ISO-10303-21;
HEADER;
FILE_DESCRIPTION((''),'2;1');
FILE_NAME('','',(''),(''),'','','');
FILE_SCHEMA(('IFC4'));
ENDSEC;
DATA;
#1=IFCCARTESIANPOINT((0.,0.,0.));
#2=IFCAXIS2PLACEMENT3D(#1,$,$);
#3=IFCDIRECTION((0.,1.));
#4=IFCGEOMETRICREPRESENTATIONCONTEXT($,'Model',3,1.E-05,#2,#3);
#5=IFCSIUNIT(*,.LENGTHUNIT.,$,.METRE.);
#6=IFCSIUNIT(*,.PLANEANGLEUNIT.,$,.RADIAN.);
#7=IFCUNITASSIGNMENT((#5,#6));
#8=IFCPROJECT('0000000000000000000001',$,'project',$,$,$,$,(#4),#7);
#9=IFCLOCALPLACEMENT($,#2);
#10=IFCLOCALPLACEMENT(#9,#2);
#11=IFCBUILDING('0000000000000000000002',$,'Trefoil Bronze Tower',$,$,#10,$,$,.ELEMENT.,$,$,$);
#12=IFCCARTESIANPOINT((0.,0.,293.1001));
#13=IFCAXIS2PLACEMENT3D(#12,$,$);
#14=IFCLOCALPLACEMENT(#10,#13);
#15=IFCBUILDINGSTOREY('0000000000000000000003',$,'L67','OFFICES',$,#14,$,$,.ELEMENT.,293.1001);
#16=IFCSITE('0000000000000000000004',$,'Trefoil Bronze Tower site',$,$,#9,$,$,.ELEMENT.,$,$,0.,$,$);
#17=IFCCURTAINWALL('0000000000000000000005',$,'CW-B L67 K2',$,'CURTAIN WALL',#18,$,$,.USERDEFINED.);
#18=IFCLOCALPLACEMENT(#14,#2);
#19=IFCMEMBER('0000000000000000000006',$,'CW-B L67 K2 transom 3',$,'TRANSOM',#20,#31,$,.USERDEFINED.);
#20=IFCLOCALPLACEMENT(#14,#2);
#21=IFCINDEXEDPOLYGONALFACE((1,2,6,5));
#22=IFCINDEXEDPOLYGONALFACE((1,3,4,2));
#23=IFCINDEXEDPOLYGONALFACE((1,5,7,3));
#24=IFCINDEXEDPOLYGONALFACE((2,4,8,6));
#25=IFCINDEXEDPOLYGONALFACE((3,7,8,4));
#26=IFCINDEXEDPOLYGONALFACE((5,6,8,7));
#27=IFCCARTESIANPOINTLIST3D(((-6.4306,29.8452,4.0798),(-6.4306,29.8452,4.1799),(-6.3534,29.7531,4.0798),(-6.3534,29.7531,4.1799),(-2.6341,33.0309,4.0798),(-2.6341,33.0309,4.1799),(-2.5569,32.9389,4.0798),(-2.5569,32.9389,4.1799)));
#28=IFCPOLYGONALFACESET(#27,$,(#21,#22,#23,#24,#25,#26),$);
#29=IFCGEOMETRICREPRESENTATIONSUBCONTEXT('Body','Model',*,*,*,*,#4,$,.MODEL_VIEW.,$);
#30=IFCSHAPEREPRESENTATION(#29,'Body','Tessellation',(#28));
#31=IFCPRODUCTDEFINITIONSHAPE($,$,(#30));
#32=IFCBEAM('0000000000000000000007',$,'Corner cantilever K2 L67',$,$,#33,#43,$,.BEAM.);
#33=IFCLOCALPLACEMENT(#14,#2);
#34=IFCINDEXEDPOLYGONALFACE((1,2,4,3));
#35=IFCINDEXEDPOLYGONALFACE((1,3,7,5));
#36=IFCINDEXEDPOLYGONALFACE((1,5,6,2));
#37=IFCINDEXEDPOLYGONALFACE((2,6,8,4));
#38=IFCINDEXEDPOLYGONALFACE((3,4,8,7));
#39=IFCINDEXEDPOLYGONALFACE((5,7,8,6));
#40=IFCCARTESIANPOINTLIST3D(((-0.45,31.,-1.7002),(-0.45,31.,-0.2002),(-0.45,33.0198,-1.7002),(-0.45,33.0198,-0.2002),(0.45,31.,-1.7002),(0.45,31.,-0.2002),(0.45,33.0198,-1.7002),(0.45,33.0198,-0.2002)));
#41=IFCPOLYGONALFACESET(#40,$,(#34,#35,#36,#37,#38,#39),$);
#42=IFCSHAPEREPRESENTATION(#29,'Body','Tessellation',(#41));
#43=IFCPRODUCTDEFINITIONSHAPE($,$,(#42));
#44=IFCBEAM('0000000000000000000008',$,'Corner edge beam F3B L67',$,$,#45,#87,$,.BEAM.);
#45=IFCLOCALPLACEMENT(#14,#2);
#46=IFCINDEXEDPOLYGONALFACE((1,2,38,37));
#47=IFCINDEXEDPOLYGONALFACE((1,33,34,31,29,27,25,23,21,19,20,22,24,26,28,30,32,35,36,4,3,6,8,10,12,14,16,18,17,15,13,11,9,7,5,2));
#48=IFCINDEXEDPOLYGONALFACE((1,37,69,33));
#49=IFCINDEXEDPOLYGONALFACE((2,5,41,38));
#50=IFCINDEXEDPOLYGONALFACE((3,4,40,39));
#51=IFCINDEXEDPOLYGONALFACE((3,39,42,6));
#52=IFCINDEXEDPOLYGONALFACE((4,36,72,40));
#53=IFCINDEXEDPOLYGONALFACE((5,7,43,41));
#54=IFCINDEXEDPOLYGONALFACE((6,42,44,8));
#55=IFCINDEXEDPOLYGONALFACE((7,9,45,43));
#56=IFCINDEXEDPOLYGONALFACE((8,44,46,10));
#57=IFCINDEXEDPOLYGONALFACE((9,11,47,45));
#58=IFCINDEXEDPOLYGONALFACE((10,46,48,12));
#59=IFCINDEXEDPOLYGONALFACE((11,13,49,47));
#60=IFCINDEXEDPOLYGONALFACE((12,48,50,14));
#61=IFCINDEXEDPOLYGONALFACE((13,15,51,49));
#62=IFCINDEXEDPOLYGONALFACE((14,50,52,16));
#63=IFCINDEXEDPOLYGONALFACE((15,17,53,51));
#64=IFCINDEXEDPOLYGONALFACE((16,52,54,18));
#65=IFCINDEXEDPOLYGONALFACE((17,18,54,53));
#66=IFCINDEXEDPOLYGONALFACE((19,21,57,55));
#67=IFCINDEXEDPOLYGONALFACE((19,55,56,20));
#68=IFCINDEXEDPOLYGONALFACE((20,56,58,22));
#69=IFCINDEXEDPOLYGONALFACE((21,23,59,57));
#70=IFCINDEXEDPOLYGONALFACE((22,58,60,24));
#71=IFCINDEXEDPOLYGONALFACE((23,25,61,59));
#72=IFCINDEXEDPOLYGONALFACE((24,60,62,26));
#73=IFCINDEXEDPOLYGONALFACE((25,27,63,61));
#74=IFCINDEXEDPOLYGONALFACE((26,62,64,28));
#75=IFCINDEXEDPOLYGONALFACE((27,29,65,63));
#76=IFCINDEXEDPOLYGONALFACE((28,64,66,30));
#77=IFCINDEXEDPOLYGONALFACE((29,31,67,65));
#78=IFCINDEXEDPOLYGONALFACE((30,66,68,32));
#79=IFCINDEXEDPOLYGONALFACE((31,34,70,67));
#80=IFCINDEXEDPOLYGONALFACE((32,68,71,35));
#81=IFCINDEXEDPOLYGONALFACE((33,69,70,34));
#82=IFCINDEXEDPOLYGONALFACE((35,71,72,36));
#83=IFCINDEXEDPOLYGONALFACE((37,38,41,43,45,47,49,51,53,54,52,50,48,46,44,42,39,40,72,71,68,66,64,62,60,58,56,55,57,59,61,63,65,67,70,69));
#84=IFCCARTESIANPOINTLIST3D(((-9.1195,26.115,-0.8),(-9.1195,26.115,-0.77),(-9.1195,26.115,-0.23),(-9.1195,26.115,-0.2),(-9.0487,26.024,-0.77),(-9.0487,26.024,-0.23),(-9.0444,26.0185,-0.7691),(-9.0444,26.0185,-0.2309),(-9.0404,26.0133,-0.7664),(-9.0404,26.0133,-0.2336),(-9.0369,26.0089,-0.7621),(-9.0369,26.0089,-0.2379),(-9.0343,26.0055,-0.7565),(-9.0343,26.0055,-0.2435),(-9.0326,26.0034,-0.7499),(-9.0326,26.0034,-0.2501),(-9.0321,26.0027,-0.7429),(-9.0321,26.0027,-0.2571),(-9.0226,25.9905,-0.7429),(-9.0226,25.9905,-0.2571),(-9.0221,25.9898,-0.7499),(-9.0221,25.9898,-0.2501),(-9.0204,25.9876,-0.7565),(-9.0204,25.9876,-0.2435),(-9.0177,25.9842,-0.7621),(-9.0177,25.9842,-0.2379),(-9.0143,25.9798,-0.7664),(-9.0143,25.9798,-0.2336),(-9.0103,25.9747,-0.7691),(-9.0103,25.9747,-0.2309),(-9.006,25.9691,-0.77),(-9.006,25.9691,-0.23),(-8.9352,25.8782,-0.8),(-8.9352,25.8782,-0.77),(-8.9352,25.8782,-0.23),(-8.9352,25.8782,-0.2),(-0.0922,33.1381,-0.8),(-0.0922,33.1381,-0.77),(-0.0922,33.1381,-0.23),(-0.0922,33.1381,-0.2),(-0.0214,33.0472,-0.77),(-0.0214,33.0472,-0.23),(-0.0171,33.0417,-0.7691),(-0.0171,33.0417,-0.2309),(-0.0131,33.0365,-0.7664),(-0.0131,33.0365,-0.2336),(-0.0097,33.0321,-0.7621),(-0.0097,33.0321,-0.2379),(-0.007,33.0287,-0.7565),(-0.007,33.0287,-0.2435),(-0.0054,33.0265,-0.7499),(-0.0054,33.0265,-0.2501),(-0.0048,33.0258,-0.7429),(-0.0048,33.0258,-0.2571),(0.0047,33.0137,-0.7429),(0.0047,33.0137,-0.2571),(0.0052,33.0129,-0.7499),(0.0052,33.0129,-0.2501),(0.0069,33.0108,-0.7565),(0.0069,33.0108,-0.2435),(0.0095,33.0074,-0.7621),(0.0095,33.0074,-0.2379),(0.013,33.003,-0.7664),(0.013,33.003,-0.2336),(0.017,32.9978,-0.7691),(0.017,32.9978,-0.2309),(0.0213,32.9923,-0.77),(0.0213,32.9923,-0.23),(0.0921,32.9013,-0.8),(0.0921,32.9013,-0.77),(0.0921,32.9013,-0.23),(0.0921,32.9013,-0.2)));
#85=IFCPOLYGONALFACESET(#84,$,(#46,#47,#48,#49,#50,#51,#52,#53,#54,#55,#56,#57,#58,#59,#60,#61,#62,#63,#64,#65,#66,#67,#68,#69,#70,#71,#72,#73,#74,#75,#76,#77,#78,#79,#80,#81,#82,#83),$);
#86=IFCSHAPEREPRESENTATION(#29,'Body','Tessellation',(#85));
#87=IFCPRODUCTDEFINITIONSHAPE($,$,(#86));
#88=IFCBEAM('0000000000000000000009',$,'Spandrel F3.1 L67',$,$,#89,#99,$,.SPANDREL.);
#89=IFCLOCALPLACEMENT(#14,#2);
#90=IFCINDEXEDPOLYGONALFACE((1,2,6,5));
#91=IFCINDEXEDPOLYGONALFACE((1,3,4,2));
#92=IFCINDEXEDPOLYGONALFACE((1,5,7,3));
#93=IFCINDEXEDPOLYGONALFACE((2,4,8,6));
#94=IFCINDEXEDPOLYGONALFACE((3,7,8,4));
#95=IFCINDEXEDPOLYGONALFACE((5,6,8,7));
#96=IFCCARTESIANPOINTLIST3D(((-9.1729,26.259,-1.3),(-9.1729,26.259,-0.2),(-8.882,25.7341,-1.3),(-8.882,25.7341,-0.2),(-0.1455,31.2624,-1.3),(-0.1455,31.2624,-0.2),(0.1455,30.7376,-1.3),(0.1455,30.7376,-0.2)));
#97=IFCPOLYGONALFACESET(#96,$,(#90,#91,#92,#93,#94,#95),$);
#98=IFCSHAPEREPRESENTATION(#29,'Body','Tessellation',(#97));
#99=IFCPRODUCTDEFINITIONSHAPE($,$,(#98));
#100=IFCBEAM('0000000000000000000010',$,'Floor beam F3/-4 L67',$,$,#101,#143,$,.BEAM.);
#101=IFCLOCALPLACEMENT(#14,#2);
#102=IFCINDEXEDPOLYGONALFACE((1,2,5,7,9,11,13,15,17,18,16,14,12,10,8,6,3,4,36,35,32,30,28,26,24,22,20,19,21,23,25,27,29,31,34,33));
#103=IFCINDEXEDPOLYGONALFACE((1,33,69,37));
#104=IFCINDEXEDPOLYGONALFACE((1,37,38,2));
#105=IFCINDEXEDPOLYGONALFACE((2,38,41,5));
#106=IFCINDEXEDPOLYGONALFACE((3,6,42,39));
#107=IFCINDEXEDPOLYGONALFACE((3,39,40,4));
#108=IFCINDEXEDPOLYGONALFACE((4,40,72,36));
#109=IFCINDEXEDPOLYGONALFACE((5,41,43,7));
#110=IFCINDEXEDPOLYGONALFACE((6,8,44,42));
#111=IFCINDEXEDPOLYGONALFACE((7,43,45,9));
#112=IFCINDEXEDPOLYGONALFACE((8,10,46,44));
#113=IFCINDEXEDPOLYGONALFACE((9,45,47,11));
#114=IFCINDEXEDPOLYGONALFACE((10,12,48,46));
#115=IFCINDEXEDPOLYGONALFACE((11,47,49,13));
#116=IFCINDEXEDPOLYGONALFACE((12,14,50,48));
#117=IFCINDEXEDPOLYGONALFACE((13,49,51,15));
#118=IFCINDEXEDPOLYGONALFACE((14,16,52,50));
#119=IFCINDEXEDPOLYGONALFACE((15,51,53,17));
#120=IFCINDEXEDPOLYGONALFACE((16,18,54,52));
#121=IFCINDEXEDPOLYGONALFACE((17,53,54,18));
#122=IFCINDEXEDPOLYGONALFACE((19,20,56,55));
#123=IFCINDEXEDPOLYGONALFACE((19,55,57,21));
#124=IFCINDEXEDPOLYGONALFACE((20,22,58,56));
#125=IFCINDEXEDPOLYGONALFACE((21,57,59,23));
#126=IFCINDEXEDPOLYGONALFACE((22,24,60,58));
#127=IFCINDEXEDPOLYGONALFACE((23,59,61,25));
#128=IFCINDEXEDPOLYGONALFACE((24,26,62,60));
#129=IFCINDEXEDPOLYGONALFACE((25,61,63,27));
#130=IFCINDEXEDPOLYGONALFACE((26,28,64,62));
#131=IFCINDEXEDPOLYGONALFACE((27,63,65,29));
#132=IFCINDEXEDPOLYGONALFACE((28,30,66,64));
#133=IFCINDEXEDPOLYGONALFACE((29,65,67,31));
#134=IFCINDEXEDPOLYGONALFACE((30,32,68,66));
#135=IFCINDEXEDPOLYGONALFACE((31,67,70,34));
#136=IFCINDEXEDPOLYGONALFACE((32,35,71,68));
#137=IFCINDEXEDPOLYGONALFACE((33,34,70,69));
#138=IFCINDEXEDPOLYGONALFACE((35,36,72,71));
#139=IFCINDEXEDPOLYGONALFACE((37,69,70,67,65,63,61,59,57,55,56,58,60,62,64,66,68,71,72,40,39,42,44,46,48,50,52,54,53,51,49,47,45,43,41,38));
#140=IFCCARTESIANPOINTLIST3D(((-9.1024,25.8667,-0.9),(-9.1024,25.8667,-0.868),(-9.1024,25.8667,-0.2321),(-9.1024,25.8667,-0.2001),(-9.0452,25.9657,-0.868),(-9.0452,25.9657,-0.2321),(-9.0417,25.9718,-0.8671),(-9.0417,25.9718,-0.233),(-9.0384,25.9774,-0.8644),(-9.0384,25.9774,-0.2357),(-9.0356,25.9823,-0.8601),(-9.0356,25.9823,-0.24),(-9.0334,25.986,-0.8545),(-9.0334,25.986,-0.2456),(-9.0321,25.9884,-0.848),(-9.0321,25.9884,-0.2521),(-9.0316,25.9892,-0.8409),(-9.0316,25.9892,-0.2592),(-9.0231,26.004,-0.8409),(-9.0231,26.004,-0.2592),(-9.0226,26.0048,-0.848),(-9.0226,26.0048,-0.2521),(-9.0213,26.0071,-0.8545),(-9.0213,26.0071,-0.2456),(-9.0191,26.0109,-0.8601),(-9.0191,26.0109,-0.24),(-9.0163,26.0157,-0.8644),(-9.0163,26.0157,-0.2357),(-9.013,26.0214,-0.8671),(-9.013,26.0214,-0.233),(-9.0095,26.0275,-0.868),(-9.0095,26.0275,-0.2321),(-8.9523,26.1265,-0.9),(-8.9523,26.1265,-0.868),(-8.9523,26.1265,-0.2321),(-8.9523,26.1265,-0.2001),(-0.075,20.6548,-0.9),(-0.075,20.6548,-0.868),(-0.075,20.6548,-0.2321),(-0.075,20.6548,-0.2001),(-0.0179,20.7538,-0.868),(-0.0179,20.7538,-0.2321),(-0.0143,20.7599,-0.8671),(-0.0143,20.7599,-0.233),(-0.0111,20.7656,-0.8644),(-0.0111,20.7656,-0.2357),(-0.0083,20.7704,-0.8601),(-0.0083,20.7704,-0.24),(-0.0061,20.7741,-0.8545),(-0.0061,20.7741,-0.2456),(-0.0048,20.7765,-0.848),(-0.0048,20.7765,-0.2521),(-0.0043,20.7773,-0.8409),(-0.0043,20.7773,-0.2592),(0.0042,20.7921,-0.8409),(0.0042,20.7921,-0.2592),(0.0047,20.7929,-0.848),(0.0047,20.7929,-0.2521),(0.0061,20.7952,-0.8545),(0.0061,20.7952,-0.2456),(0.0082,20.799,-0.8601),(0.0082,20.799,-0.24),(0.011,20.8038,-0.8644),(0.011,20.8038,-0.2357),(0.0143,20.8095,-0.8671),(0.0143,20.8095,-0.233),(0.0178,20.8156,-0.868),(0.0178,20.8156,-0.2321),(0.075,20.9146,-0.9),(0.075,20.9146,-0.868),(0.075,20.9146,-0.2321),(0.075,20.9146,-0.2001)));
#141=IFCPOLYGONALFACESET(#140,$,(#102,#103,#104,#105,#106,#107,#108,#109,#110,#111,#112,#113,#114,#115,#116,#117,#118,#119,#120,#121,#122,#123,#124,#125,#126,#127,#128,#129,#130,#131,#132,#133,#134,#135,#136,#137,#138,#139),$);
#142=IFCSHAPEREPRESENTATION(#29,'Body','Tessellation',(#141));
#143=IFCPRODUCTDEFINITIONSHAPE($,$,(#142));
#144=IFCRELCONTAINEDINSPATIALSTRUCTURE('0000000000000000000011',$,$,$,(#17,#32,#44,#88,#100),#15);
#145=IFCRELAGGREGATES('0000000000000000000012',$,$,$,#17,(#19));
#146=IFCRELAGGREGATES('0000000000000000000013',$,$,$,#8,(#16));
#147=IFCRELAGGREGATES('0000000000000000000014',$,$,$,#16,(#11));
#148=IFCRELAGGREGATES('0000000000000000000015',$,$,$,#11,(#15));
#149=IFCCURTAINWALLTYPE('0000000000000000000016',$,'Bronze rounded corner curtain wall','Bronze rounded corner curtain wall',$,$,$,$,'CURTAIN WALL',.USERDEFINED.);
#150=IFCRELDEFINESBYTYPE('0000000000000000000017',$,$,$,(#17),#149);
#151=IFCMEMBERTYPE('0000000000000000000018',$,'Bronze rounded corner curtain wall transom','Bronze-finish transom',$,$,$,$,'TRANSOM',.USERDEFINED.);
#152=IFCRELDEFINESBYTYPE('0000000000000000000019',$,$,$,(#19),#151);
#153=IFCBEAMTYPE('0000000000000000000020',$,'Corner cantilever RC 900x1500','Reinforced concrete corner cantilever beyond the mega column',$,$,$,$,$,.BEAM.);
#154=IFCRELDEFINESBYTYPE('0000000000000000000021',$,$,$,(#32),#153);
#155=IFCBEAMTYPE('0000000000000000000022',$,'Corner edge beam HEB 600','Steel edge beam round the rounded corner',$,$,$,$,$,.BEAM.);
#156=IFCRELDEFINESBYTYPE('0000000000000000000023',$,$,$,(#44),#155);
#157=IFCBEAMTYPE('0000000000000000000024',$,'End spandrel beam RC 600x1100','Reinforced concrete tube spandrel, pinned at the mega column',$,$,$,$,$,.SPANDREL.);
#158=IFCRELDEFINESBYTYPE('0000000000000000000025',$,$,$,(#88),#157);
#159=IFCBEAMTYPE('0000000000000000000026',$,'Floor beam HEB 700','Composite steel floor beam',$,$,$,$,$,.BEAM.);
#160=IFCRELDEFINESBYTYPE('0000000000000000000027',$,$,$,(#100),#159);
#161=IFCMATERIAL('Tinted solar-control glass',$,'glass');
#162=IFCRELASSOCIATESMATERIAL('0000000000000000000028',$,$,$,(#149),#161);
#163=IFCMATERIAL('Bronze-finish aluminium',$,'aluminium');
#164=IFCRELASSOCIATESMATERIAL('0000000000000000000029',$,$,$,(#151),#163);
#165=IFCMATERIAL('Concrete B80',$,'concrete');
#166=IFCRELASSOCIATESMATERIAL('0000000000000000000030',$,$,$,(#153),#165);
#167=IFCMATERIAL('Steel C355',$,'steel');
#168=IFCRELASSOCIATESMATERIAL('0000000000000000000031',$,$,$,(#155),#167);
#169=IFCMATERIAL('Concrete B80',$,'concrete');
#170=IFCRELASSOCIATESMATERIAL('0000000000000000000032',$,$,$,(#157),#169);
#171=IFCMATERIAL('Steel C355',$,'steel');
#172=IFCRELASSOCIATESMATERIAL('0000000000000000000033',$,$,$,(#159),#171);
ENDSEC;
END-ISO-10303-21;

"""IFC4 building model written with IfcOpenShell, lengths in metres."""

from ifc_helpers import new_model, si_unit, direction, frame, origin, origin_2d, place, context, subcontext, project, spatial, rectangle, i_section, extrude, material, material_profile, profile_set, type_object, element, aggregate, save


model = new_model("IFC4")

# Units and contexts
model_context = context("Model", 3, precision=1e-05, world=origin(), true_north=direction((0.0, 1.0)))
body_context = subcontext(model_context, "Body", "Model", "MODEL_VIEW")
ifc_project = project(units=[si_unit("LENGTHUNIT", "METRE"), si_unit("PLANEANGLEUNIT", "RADIAN")], contexts=[model_context])

# Site, building, storey
site_placement = place(None, origin())
site = spatial("IfcSite", under=ifc_project, at=site_placement, Name="Trefoil Bronze Tower site", CompositionType="ELEMENT", RefElevation=0.0)
building_placement = place(site_placement, origin())
building = spatial("IfcBuilding", under=site, at=building_placement, Name="Trefoil Bronze Tower", CompositionType="ELEMENT")
storey_placement = place(building_placement, frame((0.0, 0.0, 293.1001)))
storey = spatial("IfcBuildingStorey", under=building, at=storey_placement, Name="L67", Description="OFFICES", CompositionType="ELEMENT", Elevation=293.1001)

# Curtain wall, member
ifc_material_1 = material(Name="Tinted solar-control glass", Category="glass")
curtain_wall_type_1 = type_object("IfcCurtainWallType", Name="Bronze rounded corner curtain wall", Description="Bronze rounded corner curtain wall", ElementType="CURTAIN WALL", PredefinedType="USERDEFINED", material=ifc_material_1)
curtain_wall_1_placement = place(storey_placement, origin())
curtain_wall_1 = element("IfcCurtainWall", 1, at=curtain_wall_1_placement, inside=storey, type_object=curtain_wall_type_1, Name="CW-B L67 K2", ObjectType="CURTAIN WALL", PredefinedType="USERDEFINED")
ifc_material_2 = material(Name="Bronze-finish aluminium", Category="aluminium")
ifc_material_profile_1 = material_profile(ifc_material_2, rectangle(XDim=0.1201, YDim=0.1001, at=origin_2d()), Name="CW-B transom")
ifc_profile_set_1 = profile_set([ifc_material_profile_1], Name="Bronze-finish aluminium")
member_type_1 = type_object("IfcMemberType", Name="Bronze rounded corner curtain wall transom", Description="Bronze-finish transom", ElementType="TRANSOM", PredefinedType="USERDEFINED", material=ifc_profile_set_1)
member_1_placement = place(storey_placement, frame((-2.5955, 32.9849, 4.1299), z_axis=(-0.766041, -0.642792, 0.0), x_axis=(0.642792, -0.766041, 0.0)))
member_1 = element("IfcMember", 2, at=member_1_placement, type_object=member_type_1, Name="CW-B L67 K2 transom 3", ObjectType="TRANSOM", PredefinedType="USERDEFINED", context=body_context, shape_type="SweptSolid", body=[
    extrude(rectangle(XDim=0.1201, YDim=0.1001, at=origin_2d()), origin(), (0.0, 0.0, 1.0), 4.9561),
])

# Beams
ifc_material_3 = material(Name="Concrete B80", Category="concrete")
ifc_material_profile_2 = material_profile(ifc_material_3, rectangle(XDim=0.8999, YDim=1.5, at=origin_2d()), Name="RC 900x1500")
ifc_profile_set_2 = profile_set([ifc_material_profile_2], Name="Concrete B80")
beam_type_1 = type_object("IfcBeamType", Name="Corner cantilever RC 900x1500", Description="Reinforced concrete corner cantilever beyond the mega column", PredefinedType="BEAM", material=ifc_profile_set_2)
beam_1_placement = place(storey_placement, frame((0.0, 31.0, -0.9502), z_axis=(0.0, 1.0, 0.0), x_axis=(-1.0, 0.0, 0.0)))
element("IfcBeam", 3, at=beam_1_placement, inside=storey, type_object=beam_type_1, Name="Corner cantilever K2 L67", PredefinedType="BEAM", context=body_context, shape_type="SweptSolid", body=[
    extrude(rectangle(XDim=0.8999, YDim=1.5, at=origin_2d()), origin(), (0.0, 0.0, 1.0), 2.0198),
])
ifc_material_4 = material(Name="Steel C355", Category="steel")
ifc_material_profile_3 = material_profile(ifc_material_4, i_section(OverallWidth=0.3, OverallDepth=0.6001, WebThickness=0.0154, FlangeThickness=0.03, FilletRadius=0.0271, at=origin_2d()), Name="HEB 600")
ifc_profile_set_3 = profile_set([ifc_material_profile_3], Name="Steel C355")
beam_type_2 = type_object("IfcBeamType", Name="Corner edge beam HEB 600", Description="Steel edge beam round the rounded corner", PredefinedType="BEAM", material=ifc_profile_set_3)
beam_2_placement = place(storey_placement, frame((-9.0273, 25.9966, -0.5), z_axis=(0.789271, 0.614046, 0.0), x_axis=(-0.614046, 0.789271, 0.0)))
element("IfcBeam", 4, at=beam_2_placement, inside=storey, type_object=beam_type_2, Name="Corner edge beam F3B L67", PredefinedType="BEAM", context=body_context, shape_type="SweptSolid", body=[
    extrude(i_section(OverallWidth=0.3, OverallDepth=0.6001, WebThickness=0.0154, FlangeThickness=0.03, FilletRadius=0.0271, at=origin_2d()), origin(), (0.0, 0.0, 1.0), 11.4375),
])
ifc_material_5 = material(Name="Concrete B80", Category="concrete")
ifc_material_profile_4 = material_profile(ifc_material_5, rectangle(XDim=0.6001, YDim=1.1001, at=origin_2d()), Name="RC 600x1100")
ifc_profile_set_4 = profile_set([ifc_material_profile_4], Name="Concrete B80")
beam_type_3 = type_object("IfcBeamType", Name="End spandrel beam RC 600x1100", Description="Reinforced concrete tube spandrel, pinned at the mega column", PredefinedType="SPANDREL", material=ifc_profile_set_4)
beam_3_placement = place(storey_placement, frame((0.0, 31.0, -0.75), z_axis=(-0.874641, -0.484771, 0.0), x_axis=(0.484771, -0.874641, 0.0)))
element("IfcBeam", 5, at=beam_3_placement, inside=storey, type_object=beam_type_3, Name="Spandrel F3.1 L67", PredefinedType="SPANDREL", context=body_context, shape_type="SweptSolid", body=[
    extrude(rectangle(XDim=0.6001, YDim=1.1001, at=origin_2d()), origin(), (0.0, 0.0, 1.0), 10.3213),
])
ifc_material_6 = material(Name="Steel C355", Category="steel")
ifc_material_profile_5 = material_profile(ifc_material_6, i_section(OverallWidth=0.3, OverallDepth=0.7, WebThickness=0.0171, FlangeThickness=0.032, FilletRadius=0.0271, at=origin_2d()), Name="HEB 700")
ifc_profile_set_5 = profile_set([ifc_material_profile_5], Name="Steel C355")
beam_type_4 = type_object("IfcBeamType", Name="Floor beam HEB 700", Description="Composite steel floor beam", PredefinedType="BEAM", material=ifc_profile_set_5)
beam_4_placement = place(storey_placement, frame((-9.0273, 25.9966, -0.55), z_axis=(0.866026, -0.499998, 0.0), x_axis=(0.499998, 0.866026, 0.0)))
element("IfcBeam", 6, at=beam_4_placement, inside=storey, type_object=beam_type_4, Name="Floor beam F3/-4 L67", PredefinedType="BEAM", context=body_context, shape_type="SweptSolid", body=[
    extrude(i_section(OverallWidth=0.3, OverallDepth=0.7, WebThickness=0.0171, FlangeThickness=0.032, FilletRadius=0.0271, at=origin_2d()), origin(), (0.0, 0.0, 1.0), 10.4238),
])

aggregate(curtain_wall_1, [member_1])

save(model, "model.ifc")
